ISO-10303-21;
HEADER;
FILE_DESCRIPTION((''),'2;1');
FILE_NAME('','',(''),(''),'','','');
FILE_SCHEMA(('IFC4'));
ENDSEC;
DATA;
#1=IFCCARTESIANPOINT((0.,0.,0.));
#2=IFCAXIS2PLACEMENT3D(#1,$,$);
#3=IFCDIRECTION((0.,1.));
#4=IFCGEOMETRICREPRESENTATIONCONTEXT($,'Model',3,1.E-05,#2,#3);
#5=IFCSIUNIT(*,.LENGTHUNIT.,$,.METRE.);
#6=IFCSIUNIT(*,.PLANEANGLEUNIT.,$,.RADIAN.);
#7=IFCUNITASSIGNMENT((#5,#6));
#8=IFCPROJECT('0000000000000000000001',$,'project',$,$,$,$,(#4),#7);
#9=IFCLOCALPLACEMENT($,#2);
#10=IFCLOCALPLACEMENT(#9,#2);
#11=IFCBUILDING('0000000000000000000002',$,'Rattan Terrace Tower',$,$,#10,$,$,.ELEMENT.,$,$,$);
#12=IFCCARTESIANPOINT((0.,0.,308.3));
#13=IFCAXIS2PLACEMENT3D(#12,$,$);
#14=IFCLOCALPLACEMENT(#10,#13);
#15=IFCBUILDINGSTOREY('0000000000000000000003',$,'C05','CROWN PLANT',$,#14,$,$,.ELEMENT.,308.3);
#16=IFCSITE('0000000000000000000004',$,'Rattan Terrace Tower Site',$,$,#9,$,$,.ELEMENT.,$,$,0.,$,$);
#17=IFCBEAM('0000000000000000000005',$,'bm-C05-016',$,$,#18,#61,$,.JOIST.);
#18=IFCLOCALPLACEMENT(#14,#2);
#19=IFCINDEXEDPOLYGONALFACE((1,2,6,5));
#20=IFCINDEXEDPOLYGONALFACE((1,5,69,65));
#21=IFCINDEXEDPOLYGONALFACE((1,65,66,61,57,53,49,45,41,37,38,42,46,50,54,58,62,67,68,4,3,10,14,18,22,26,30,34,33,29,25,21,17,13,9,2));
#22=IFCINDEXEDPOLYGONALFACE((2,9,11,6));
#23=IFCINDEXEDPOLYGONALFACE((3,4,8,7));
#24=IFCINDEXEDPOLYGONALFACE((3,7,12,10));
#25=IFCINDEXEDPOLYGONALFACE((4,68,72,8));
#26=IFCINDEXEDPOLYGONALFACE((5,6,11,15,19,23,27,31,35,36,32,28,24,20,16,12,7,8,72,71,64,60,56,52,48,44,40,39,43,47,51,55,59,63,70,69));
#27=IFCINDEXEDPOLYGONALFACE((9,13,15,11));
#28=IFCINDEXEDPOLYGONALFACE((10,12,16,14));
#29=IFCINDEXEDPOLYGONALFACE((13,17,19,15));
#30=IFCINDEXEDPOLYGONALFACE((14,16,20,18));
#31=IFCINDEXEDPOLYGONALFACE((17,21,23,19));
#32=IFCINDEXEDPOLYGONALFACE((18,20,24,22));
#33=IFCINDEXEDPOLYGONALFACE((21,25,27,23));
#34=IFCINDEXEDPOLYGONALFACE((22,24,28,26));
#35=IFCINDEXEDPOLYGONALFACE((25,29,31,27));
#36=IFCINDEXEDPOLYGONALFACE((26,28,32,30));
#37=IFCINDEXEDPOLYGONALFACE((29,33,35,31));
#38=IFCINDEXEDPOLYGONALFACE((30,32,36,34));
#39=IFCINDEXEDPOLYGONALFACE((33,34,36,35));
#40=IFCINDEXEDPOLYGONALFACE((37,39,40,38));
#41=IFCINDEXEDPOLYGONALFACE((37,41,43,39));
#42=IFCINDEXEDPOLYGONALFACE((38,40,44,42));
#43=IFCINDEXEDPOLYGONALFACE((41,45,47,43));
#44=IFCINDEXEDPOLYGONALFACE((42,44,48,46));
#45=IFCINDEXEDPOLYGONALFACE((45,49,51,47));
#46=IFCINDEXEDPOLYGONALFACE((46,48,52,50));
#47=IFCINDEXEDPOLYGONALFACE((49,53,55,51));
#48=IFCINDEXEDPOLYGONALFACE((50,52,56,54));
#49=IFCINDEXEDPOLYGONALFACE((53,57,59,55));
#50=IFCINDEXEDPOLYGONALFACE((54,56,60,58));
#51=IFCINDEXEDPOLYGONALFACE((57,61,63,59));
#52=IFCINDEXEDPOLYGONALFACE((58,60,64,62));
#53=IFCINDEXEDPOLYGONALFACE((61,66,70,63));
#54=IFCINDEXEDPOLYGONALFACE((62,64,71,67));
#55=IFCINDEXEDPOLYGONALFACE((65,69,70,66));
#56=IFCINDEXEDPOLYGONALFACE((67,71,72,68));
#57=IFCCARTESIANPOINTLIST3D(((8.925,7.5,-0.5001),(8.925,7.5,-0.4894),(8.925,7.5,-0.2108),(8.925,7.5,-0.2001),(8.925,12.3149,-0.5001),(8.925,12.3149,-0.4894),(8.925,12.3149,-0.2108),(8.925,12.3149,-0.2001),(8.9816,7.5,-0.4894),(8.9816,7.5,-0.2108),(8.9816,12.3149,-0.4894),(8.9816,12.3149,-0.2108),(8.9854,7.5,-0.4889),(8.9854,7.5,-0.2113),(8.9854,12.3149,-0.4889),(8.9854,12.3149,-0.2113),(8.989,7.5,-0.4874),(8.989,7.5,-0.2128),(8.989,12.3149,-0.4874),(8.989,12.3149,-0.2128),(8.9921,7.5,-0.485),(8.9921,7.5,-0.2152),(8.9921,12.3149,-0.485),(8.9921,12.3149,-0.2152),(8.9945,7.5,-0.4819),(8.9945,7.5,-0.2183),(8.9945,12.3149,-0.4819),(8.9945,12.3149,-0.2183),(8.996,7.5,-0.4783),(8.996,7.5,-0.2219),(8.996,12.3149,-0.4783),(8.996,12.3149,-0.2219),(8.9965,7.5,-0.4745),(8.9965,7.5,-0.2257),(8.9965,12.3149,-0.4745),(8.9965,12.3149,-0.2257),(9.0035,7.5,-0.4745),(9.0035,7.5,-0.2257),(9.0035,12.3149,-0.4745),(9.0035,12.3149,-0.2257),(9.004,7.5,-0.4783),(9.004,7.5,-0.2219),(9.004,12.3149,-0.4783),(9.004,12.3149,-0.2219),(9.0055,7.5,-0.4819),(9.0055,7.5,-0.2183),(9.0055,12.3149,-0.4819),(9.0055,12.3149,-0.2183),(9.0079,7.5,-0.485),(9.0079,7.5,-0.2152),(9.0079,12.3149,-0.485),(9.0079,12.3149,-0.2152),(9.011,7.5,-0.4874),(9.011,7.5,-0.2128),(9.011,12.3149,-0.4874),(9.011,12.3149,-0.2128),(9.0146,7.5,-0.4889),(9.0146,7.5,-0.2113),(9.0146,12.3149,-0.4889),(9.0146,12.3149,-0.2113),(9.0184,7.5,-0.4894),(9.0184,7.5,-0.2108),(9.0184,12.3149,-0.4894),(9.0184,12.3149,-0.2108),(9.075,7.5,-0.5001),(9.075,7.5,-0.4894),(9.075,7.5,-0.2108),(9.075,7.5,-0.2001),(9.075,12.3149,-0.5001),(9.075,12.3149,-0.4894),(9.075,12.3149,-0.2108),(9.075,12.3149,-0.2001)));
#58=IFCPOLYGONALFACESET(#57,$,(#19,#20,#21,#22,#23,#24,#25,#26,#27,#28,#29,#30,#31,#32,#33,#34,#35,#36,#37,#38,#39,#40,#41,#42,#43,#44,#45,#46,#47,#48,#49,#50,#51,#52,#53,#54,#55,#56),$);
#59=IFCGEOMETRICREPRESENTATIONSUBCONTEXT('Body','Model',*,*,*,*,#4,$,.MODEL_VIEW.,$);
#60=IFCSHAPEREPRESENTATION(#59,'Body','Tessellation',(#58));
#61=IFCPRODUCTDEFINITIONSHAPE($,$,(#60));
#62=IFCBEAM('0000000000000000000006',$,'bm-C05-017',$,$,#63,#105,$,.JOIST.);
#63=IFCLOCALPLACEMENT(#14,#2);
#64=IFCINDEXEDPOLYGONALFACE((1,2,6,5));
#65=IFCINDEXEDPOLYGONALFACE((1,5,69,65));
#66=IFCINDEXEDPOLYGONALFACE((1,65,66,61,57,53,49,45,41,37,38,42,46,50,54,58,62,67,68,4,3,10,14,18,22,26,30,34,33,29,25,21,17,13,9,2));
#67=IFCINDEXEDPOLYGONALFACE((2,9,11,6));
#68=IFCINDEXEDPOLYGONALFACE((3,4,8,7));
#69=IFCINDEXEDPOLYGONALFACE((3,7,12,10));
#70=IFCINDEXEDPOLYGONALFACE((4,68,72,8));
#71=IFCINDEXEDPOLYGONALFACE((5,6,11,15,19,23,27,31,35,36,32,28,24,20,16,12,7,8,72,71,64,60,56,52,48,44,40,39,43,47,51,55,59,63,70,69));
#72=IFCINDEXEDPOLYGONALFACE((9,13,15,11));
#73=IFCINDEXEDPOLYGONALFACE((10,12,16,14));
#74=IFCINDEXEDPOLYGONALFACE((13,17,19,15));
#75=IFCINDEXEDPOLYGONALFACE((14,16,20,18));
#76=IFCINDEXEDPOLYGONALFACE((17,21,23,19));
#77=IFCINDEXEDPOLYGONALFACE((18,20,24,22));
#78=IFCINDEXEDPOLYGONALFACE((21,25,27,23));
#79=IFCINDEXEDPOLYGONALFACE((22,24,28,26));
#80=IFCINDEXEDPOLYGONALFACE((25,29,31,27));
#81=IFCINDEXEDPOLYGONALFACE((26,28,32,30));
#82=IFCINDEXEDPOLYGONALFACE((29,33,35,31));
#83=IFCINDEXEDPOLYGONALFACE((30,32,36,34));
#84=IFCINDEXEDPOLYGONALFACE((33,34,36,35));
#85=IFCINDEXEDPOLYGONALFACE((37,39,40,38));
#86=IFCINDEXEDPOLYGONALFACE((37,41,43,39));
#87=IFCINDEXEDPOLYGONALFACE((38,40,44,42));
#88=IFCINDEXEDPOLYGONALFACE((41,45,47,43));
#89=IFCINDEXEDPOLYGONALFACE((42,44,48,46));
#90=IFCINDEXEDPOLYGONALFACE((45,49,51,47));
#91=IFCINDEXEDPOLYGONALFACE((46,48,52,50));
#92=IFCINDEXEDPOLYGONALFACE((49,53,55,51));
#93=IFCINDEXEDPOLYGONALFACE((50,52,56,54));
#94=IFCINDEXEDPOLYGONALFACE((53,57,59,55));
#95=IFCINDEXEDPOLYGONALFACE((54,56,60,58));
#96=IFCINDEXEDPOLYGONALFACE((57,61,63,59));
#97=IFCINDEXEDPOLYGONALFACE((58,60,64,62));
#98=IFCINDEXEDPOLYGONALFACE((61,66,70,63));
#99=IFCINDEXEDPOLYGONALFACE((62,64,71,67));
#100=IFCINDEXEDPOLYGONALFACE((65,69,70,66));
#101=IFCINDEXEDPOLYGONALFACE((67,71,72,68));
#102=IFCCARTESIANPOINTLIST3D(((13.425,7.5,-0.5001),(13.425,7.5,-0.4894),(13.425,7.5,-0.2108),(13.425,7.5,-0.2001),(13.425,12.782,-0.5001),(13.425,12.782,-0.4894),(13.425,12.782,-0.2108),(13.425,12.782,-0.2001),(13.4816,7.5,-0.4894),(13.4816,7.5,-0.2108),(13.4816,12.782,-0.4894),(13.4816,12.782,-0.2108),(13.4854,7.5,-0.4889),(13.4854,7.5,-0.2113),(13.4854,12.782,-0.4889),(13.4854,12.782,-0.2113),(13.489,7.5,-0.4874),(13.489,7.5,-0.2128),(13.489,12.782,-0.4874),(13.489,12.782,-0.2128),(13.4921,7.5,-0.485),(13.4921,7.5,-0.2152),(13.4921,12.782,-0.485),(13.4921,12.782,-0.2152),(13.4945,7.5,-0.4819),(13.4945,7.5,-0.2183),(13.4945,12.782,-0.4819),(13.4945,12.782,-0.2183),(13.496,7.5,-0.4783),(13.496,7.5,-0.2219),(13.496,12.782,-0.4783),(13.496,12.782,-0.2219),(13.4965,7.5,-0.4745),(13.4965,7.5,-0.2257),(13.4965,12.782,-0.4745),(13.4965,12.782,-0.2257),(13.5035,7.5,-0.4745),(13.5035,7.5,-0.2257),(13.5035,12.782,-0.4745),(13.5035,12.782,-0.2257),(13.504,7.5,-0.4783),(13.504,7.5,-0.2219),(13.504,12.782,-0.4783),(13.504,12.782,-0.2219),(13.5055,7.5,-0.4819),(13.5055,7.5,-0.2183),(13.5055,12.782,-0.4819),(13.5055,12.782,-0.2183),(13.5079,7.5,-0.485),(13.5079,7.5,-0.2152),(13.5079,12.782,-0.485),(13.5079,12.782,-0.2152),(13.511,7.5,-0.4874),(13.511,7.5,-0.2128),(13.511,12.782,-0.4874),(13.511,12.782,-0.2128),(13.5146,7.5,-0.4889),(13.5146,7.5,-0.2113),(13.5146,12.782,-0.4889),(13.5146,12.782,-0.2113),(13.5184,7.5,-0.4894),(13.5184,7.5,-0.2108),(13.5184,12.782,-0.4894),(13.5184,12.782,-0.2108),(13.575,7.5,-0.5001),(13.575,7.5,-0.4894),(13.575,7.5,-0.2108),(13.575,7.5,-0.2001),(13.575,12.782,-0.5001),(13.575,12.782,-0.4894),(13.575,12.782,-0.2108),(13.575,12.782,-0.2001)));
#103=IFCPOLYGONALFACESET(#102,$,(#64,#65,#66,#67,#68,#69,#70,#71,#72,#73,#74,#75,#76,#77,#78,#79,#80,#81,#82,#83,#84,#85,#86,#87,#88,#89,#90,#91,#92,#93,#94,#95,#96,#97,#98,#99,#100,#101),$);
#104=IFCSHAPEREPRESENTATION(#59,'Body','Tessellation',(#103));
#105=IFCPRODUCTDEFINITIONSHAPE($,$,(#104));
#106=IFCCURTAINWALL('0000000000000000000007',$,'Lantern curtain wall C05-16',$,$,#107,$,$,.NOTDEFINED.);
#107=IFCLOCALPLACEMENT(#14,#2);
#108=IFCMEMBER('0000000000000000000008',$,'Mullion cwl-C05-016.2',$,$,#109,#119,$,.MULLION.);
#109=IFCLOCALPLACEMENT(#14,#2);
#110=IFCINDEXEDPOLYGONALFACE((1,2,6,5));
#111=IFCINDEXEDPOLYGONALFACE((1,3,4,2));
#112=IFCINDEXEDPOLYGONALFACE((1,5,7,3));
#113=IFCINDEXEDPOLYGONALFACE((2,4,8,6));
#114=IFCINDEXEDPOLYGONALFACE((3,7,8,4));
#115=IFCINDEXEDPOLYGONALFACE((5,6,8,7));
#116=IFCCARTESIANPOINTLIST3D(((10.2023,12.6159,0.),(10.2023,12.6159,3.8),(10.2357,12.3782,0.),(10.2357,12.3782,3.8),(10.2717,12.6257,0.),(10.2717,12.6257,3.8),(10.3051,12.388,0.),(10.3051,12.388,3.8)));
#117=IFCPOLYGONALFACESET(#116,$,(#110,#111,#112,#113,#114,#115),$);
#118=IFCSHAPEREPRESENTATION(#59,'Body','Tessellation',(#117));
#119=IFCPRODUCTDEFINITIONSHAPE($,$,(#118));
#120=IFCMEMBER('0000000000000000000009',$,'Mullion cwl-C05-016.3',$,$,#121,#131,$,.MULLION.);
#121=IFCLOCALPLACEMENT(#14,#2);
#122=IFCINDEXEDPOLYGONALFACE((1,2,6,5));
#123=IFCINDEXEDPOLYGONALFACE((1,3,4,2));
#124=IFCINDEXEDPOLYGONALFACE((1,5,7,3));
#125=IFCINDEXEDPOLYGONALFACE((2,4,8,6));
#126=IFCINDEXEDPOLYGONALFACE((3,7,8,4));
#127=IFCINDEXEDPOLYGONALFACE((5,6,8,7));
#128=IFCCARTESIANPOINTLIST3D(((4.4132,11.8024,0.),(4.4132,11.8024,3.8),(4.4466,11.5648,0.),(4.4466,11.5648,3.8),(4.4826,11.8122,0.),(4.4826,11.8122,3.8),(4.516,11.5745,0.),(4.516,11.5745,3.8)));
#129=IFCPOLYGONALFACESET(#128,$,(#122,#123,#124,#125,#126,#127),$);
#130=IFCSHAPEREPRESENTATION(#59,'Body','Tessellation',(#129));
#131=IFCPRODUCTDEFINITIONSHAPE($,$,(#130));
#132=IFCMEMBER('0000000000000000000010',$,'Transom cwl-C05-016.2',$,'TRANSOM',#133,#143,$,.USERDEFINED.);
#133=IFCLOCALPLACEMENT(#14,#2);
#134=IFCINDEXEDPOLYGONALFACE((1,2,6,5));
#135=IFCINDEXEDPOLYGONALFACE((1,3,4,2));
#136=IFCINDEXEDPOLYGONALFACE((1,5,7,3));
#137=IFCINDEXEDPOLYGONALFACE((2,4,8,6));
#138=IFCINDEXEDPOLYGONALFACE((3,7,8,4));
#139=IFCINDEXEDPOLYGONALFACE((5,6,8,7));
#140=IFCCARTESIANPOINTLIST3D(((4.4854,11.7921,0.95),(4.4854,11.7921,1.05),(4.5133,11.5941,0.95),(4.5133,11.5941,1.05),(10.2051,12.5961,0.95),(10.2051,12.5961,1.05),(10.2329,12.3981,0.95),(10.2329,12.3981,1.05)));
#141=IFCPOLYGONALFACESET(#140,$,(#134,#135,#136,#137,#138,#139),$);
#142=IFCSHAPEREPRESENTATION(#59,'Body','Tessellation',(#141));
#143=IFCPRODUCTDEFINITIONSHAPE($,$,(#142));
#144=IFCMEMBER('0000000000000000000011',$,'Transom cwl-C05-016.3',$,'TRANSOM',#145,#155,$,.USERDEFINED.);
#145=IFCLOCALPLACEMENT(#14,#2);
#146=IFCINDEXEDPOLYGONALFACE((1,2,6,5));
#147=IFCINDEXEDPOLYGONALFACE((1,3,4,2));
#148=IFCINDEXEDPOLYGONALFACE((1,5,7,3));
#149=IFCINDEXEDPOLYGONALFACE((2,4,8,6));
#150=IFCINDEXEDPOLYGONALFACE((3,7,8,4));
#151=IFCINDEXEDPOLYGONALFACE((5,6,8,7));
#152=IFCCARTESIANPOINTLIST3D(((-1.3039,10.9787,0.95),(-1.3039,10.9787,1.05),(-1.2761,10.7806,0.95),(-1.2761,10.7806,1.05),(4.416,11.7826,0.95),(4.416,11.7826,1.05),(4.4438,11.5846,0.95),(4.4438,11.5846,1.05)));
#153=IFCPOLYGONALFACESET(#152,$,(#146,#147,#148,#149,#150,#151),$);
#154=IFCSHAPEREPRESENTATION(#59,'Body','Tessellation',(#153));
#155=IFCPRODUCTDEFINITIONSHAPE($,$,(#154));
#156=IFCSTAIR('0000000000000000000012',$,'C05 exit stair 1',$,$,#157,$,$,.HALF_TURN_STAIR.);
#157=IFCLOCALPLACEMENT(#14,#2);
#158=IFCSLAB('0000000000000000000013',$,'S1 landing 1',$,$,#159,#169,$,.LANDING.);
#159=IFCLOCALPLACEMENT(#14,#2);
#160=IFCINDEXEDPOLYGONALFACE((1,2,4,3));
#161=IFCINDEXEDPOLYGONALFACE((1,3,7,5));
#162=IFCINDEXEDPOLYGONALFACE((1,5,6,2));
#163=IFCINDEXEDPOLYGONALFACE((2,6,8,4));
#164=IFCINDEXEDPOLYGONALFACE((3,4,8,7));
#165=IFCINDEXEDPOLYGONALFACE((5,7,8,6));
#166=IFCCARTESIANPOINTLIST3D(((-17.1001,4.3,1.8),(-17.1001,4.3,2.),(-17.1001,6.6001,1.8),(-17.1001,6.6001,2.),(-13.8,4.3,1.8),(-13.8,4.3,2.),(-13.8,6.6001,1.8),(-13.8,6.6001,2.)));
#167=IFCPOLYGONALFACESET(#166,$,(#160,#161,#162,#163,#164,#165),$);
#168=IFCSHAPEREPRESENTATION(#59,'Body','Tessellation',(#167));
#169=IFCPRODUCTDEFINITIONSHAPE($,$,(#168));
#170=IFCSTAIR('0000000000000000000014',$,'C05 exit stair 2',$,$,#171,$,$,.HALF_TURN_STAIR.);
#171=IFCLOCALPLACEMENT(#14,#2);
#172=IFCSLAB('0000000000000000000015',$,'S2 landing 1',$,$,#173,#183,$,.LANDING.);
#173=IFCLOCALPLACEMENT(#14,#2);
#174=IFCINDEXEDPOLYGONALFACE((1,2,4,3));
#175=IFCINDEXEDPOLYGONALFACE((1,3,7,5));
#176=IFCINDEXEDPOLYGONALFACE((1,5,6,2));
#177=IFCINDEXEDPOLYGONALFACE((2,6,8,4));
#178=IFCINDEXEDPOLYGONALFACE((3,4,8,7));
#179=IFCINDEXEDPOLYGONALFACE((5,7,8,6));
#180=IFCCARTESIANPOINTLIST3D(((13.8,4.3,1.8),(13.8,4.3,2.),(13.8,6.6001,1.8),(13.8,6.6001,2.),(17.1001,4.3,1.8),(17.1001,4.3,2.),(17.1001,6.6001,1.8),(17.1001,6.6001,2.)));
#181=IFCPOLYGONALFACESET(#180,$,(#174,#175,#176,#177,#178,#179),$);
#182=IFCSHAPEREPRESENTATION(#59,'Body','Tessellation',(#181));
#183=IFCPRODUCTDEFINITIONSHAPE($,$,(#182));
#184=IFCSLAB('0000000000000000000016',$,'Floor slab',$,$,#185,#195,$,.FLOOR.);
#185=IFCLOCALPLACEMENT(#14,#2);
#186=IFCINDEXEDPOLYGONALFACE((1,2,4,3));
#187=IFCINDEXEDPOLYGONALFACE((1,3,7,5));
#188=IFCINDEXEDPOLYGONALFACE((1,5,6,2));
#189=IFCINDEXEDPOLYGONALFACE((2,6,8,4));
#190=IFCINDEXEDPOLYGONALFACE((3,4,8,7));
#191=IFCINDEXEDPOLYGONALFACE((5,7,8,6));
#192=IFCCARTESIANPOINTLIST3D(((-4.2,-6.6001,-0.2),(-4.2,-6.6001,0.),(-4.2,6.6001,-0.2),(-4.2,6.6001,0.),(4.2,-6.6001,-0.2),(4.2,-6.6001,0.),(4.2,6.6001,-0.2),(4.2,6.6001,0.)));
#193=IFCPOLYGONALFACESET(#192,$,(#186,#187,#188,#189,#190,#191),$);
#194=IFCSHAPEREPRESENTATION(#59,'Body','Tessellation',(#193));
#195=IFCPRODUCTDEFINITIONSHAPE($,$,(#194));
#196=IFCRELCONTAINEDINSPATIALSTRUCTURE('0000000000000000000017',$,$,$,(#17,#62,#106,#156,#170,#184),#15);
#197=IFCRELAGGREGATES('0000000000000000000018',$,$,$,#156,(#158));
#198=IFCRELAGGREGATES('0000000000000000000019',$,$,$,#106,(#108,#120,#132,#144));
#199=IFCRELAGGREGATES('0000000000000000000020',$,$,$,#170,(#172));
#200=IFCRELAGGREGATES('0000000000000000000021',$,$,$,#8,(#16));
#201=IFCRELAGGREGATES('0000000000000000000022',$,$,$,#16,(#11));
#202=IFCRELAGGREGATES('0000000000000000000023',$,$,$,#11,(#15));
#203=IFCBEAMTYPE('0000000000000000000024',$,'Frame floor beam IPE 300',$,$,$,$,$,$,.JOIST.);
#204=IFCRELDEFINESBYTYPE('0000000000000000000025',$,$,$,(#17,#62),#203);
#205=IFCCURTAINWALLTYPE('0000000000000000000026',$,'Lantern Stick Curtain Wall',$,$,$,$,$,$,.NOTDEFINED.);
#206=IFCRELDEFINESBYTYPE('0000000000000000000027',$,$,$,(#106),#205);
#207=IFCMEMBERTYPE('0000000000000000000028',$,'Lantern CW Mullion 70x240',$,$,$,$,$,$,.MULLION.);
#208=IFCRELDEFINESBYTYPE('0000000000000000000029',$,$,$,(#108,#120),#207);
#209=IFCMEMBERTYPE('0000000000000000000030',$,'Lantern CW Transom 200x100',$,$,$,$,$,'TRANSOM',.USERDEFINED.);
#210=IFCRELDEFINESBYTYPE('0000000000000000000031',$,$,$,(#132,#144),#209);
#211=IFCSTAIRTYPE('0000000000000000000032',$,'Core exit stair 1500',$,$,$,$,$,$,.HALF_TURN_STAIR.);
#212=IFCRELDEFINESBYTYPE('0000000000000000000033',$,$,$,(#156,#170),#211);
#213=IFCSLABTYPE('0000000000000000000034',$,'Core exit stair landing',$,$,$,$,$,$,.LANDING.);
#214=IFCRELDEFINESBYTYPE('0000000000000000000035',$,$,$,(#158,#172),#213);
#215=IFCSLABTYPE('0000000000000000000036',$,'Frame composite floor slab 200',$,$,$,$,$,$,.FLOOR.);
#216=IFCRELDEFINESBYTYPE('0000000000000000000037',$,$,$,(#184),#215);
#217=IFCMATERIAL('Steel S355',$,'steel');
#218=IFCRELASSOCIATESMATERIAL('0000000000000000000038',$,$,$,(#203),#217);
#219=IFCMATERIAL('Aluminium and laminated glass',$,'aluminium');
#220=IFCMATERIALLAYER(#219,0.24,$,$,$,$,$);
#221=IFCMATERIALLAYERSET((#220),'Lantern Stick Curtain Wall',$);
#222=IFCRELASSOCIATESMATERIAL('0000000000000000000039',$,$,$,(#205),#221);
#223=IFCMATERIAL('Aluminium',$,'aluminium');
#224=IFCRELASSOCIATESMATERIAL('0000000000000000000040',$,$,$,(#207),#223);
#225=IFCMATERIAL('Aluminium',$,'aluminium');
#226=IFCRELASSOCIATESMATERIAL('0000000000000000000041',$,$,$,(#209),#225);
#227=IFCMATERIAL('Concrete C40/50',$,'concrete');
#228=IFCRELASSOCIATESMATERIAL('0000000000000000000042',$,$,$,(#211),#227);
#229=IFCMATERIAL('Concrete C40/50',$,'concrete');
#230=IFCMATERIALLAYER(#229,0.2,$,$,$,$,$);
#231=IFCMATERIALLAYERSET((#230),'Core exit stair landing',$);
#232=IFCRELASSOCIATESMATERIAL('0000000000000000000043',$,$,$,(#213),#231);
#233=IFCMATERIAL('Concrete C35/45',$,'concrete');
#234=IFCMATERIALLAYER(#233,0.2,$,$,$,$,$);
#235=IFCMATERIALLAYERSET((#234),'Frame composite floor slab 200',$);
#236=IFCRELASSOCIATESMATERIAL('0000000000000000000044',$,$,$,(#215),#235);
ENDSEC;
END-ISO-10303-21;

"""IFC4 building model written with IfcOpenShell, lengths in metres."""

from ifc_helpers import new_model, si_unit, direction, frame, origin, origin_2d, place, context, subcontext, project, spatial, polyline, rectangle, i_section, outline, extrude, material, layer, layer_set, material_profile, profile_set, type_object, element, aggregate, save


model = new_model("IFC4")

# Units and contexts
model_context = context("Model", 3, precision=1e-05, world=origin(), true_north=direction((0.0, 1.0)))
body_context = subcontext(model_context, "Body", "Model", "MODEL_VIEW")
ifc_project = project(units=[si_unit("LENGTHUNIT", "METRE"), si_unit("PLANEANGLEUNIT", "RADIAN")], contexts=[model_context])

# Site, building, storey
site_placement = place(None, origin())
site = spatial("IfcSite", under=ifc_project, at=site_placement, Name="Rattan Terrace Tower Site", CompositionType="ELEMENT", RefElevation=0.0)
building_placement = place(site_placement, origin())
building = spatial("IfcBuilding", under=site, at=building_placement, Name="Rattan Terrace Tower", CompositionType="ELEMENT")
storey_placement = place(building_placement, frame((0.0, 0.0, 308.3)))
storey = spatial("IfcBuildingStorey", under=building, at=storey_placement, Name="C05", Description="CROWN PLANT", CompositionType="ELEMENT", Elevation=308.3)

# Beams
ifc_material_1 = material(Name="Steel S355", Category="steel")
ifc_material_profile_1 = material_profile(ifc_material_1, i_section(OverallWidth=0.1499, OverallDepth=0.3, WebThickness=0.0071, FlangeThickness=0.0107, FilletRadius=0.0149, at=origin_2d()), Name="IPE 300")
ifc_profile_set_1 = profile_set([ifc_material_profile_1], Name="Steel S355")
beam_type_1 = type_object("IfcBeamType", Name="Frame floor beam IPE 300", PredefinedType="JOIST", material=ifc_profile_set_1)
beam_1_placement = place(storey_placement, frame((9.0, 7.5, -0.3501), z_axis=(0.0, 1.0, 0.0), x_axis=(-1.0, 0.0, 0.0)))
element("IfcBeam", 1, at=beam_1_placement, inside=storey, type_object=beam_type_1, Name="bm-C05-016", PredefinedType="JOIST", context=body_context, shape_type="SweptSolid", body=[
    extrude(i_section(OverallWidth=0.1499, OverallDepth=0.3, WebThickness=0.0071, FlangeThickness=0.0107, FilletRadius=0.0149, at=origin_2d()), origin(), (0.0, 0.0, 1.0), 4.8149),
])
beam_2_placement = place(storey_placement, frame((13.5, 7.5, -0.3501), z_axis=(0.0, 1.0, 0.0), x_axis=(-1.0, 0.0, 0.0)))
element("IfcBeam", 2, at=beam_2_placement, inside=storey, type_object=beam_type_1, Name="bm-C05-017", PredefinedType="JOIST", context=body_context, shape_type="SweptSolid", body=[
    extrude(i_section(OverallWidth=0.1499, OverallDepth=0.3, WebThickness=0.0071, FlangeThickness=0.0107, FilletRadius=0.0149, at=origin_2d()), origin(), (0.0, 0.0, 1.0), 5.282),
])

# Curtain wall, members
ifc_material_2 = material(Name="Aluminium and laminated glass", Category="aluminium")
ifc_layer_1 = layer(ifc_material_2, 0.24)
ifc_layer_set_1 = layer_set([ifc_layer_1], Name="Lantern Stick Curtain Wall")
curtain_wall_type = type_object("IfcCurtainWallType", Name="Lantern Stick Curtain Wall", PredefinedType="NOTDEFINED", material=ifc_layer_set_1)
curtain_wall_placement = place(storey_placement, origin())
curtain_wall = element("IfcCurtainWall", 3, at=curtain_wall_placement, inside=storey, type_object=curtain_wall_type, Name="Lantern curtain wall C05-16", PredefinedType="NOTDEFINED")
ifc_material_3 = material(Name="Aluminium", Category="aluminium")
ifc_material_profile_2 = material_profile(ifc_material_3, rectangle(XDim=0.0701, YDim=0.24, at=origin_2d()), Name="Aluminium 70x240")
ifc_profile_set_2 = profile_set([ifc_material_profile_2], Name="Aluminium")
member_type_1 = type_object("IfcMemberType", Name="Lantern CW Mullion 70x240", PredefinedType="MULLION", material=ifc_profile_set_2)
member_1_placement = place(storey_placement, frame((10.2537, 12.502, 0.0), z_axis=(0.0, 0.0, 1.0), x_axis=(-0.990267, -0.139181, 0.0)))
member_1 = element("IfcMember", 4, at=member_1_placement, type_object=member_type_1, Name="Mullion cwl-C05-016.2", PredefinedType="MULLION", context=body_context, shape_type="SweptSolid", body=[
    extrude(rectangle(XDim=0.0701, YDim=0.24, at=origin_2d()), origin(), (0.0, 0.0, 1.0), 3.8),
])
member_2_placement = place(storey_placement, frame((4.4646, 11.6885, 0.0), z_axis=(0.0, 0.0, 1.0), x_axis=(-0.990267, -0.139181, 0.0)))
member_2 = element("IfcMember", 5, at=member_2_placement, type_object=member_type_1, Name="Mullion cwl-C05-016.3", PredefinedType="MULLION", context=body_context, shape_type="SweptSolid", body=[
    extrude(rectangle(XDim=0.0701, YDim=0.24, at=origin_2d()), origin(), (0.0, 0.0, 1.0), 3.8),
])
ifc_material_4 = material(Name="Aluminium", Category="aluminium")
ifc_material_profile_3 = material_profile(ifc_material_4, rectangle(XDim=0.2, YDim=0.1001, at=origin_2d()), Name="Aluminium 200x100")
ifc_profile_set_3 = profile_set([ifc_material_profile_3], Name="Aluminium")
member_type_2 = type_object("IfcMemberType", Name="Lantern CW Transom 200x100", ElementType="TRANSOM", PredefinedType="USERDEFINED", material=ifc_profile_set_3)
member_3_placement = place(storey_placement, frame((10.219, 12.4971, 1.0), z_axis=(-0.990266, -0.13919, 0.0), x_axis=(0.13919, -0.990266, 0.0)))
member_3 = element("IfcMember", 6, at=member_3_placement, type_object=member_type_2, Name="Transom cwl-C05-016.2", ObjectType="TRANSOM", PredefinedType="USERDEFINED", context=body_context, shape_type="SweptSolid", body=[
    extrude(rectangle(XDim=0.2, YDim=0.1001, at=origin_2d()), origin(), (0.0, 0.0, 1.0), 5.7759),
])
member_4_placement = place(storey_placement, frame((4.4299, 11.6836, 1.0), z_axis=(-0.990267, -0.139184, 0.0), x_axis=(0.139184, -0.990267, 0.0)))
member_4 = element("IfcMember", 7, at=member_4_placement, type_object=member_type_2, Name="Transom cwl-C05-016.3", ObjectType="TRANSOM", PredefinedType="USERDEFINED", context=body_context, shape_type="SweptSolid", body=[
    extrude(rectangle(XDim=0.2, YDim=0.1001, at=origin_2d()), origin(), (0.0, 0.0, 1.0), 5.7761),
])

# Stairs, slabs
ifc_material_5 = material(Name="Concrete C40/50", Category="concrete")
stair_type = type_object("IfcStairType", Name="Core exit stair 1500", PredefinedType="HALF_TURN_STAIR", material=ifc_material_5)
stair_1_placement = place(storey_placement, origin())
stair_1 = element("IfcStair", 8, at=stair_1_placement, inside=storey, type_object=stair_type, Name="C05 exit stair 1", PredefinedType="HALF_TURN_STAIR")
ifc_material_6 = material(Name="Concrete C40/50", Category="concrete")
ifc_layer_2 = layer(ifc_material_6, 0.2)
ifc_layer_set_2 = layer_set([ifc_layer_2], Name="Core exit stair landing")
slab_type_1 = type_object("IfcSlabType", Name="Core exit stair landing", PredefinedType="LANDING", material=ifc_layer_set_2)
slab_1_placement = place(storey_placement, frame((0.0, 0.0, 1.8)))
slab_1 = element("IfcSlab", 9, at=slab_1_placement, type_object=slab_type_1, Name="S1 landing 1", PredefinedType="LANDING", context=body_context, shape_type="SweptSolid", body=[
    extrude(outline(polyline([(-13.8, 4.3), (-13.8, 6.6001), (-17.1001, 6.6001), (-17.1001, 4.3), (-13.8, 4.3)])), origin(), (0.0, 0.0, 1.0), 0.2),
])
aggregate(stair_1, [slab_1])
stair_2_placement = place(storey_placement, origin())
stair_2 = element("IfcStair", 10, at=stair_2_placement, inside=storey, type_object=stair_type, Name="C05 exit stair 2", PredefinedType="HALF_TURN_STAIR")
slab_2_placement = place(storey_placement, frame((0.0, 0.0, 1.8)))
slab_2 = element("IfcSlab", 11, at=slab_2_placement, type_object=slab_type_1, Name="S2 landing 1", PredefinedType="LANDING", context=body_context, shape_type="SweptSolid", body=[
    extrude(outline(polyline([(17.1001, 4.3), (17.1001, 6.6001), (13.8, 6.6001), (13.8, 4.3), (17.1001, 4.3)])), origin(), (0.0, 0.0, 1.0), 0.2),
])

# Slab
ifc_material_7 = material(Name="Concrete C35/45", Category="concrete")
ifc_layer_3 = layer(ifc_material_7, 0.2)
ifc_layer_set_3 = layer_set([ifc_layer_3], Name="Frame composite floor slab 200")
slab_type_2 = type_object("IfcSlabType", Name="Frame composite floor slab 200", PredefinedType="FLOOR", material=ifc_layer_set_3)
slab_3_placement = place(storey_placement, frame((0.0, 0.0, -0.2)))
element("IfcSlab", 12, at=slab_3_placement, inside=storey, type_object=slab_type_2, Name="Floor slab", PredefinedType="FLOOR", context=body_context, shape_type="SweptSolid", body=[
    extrude(outline(polyline([(-4.2, 6.6001), (-4.2, -6.6001), (4.2, -6.6001), (4.2, 6.6001), (-4.2, 6.6001)])), origin(), (0.0, 0.0, 1.0), 0.2),
])

aggregate(curtain_wall, [member_1, member_2, member_3, member_4])

aggregate(stair_2, [slab_2])

save(model, "model.ifc")
